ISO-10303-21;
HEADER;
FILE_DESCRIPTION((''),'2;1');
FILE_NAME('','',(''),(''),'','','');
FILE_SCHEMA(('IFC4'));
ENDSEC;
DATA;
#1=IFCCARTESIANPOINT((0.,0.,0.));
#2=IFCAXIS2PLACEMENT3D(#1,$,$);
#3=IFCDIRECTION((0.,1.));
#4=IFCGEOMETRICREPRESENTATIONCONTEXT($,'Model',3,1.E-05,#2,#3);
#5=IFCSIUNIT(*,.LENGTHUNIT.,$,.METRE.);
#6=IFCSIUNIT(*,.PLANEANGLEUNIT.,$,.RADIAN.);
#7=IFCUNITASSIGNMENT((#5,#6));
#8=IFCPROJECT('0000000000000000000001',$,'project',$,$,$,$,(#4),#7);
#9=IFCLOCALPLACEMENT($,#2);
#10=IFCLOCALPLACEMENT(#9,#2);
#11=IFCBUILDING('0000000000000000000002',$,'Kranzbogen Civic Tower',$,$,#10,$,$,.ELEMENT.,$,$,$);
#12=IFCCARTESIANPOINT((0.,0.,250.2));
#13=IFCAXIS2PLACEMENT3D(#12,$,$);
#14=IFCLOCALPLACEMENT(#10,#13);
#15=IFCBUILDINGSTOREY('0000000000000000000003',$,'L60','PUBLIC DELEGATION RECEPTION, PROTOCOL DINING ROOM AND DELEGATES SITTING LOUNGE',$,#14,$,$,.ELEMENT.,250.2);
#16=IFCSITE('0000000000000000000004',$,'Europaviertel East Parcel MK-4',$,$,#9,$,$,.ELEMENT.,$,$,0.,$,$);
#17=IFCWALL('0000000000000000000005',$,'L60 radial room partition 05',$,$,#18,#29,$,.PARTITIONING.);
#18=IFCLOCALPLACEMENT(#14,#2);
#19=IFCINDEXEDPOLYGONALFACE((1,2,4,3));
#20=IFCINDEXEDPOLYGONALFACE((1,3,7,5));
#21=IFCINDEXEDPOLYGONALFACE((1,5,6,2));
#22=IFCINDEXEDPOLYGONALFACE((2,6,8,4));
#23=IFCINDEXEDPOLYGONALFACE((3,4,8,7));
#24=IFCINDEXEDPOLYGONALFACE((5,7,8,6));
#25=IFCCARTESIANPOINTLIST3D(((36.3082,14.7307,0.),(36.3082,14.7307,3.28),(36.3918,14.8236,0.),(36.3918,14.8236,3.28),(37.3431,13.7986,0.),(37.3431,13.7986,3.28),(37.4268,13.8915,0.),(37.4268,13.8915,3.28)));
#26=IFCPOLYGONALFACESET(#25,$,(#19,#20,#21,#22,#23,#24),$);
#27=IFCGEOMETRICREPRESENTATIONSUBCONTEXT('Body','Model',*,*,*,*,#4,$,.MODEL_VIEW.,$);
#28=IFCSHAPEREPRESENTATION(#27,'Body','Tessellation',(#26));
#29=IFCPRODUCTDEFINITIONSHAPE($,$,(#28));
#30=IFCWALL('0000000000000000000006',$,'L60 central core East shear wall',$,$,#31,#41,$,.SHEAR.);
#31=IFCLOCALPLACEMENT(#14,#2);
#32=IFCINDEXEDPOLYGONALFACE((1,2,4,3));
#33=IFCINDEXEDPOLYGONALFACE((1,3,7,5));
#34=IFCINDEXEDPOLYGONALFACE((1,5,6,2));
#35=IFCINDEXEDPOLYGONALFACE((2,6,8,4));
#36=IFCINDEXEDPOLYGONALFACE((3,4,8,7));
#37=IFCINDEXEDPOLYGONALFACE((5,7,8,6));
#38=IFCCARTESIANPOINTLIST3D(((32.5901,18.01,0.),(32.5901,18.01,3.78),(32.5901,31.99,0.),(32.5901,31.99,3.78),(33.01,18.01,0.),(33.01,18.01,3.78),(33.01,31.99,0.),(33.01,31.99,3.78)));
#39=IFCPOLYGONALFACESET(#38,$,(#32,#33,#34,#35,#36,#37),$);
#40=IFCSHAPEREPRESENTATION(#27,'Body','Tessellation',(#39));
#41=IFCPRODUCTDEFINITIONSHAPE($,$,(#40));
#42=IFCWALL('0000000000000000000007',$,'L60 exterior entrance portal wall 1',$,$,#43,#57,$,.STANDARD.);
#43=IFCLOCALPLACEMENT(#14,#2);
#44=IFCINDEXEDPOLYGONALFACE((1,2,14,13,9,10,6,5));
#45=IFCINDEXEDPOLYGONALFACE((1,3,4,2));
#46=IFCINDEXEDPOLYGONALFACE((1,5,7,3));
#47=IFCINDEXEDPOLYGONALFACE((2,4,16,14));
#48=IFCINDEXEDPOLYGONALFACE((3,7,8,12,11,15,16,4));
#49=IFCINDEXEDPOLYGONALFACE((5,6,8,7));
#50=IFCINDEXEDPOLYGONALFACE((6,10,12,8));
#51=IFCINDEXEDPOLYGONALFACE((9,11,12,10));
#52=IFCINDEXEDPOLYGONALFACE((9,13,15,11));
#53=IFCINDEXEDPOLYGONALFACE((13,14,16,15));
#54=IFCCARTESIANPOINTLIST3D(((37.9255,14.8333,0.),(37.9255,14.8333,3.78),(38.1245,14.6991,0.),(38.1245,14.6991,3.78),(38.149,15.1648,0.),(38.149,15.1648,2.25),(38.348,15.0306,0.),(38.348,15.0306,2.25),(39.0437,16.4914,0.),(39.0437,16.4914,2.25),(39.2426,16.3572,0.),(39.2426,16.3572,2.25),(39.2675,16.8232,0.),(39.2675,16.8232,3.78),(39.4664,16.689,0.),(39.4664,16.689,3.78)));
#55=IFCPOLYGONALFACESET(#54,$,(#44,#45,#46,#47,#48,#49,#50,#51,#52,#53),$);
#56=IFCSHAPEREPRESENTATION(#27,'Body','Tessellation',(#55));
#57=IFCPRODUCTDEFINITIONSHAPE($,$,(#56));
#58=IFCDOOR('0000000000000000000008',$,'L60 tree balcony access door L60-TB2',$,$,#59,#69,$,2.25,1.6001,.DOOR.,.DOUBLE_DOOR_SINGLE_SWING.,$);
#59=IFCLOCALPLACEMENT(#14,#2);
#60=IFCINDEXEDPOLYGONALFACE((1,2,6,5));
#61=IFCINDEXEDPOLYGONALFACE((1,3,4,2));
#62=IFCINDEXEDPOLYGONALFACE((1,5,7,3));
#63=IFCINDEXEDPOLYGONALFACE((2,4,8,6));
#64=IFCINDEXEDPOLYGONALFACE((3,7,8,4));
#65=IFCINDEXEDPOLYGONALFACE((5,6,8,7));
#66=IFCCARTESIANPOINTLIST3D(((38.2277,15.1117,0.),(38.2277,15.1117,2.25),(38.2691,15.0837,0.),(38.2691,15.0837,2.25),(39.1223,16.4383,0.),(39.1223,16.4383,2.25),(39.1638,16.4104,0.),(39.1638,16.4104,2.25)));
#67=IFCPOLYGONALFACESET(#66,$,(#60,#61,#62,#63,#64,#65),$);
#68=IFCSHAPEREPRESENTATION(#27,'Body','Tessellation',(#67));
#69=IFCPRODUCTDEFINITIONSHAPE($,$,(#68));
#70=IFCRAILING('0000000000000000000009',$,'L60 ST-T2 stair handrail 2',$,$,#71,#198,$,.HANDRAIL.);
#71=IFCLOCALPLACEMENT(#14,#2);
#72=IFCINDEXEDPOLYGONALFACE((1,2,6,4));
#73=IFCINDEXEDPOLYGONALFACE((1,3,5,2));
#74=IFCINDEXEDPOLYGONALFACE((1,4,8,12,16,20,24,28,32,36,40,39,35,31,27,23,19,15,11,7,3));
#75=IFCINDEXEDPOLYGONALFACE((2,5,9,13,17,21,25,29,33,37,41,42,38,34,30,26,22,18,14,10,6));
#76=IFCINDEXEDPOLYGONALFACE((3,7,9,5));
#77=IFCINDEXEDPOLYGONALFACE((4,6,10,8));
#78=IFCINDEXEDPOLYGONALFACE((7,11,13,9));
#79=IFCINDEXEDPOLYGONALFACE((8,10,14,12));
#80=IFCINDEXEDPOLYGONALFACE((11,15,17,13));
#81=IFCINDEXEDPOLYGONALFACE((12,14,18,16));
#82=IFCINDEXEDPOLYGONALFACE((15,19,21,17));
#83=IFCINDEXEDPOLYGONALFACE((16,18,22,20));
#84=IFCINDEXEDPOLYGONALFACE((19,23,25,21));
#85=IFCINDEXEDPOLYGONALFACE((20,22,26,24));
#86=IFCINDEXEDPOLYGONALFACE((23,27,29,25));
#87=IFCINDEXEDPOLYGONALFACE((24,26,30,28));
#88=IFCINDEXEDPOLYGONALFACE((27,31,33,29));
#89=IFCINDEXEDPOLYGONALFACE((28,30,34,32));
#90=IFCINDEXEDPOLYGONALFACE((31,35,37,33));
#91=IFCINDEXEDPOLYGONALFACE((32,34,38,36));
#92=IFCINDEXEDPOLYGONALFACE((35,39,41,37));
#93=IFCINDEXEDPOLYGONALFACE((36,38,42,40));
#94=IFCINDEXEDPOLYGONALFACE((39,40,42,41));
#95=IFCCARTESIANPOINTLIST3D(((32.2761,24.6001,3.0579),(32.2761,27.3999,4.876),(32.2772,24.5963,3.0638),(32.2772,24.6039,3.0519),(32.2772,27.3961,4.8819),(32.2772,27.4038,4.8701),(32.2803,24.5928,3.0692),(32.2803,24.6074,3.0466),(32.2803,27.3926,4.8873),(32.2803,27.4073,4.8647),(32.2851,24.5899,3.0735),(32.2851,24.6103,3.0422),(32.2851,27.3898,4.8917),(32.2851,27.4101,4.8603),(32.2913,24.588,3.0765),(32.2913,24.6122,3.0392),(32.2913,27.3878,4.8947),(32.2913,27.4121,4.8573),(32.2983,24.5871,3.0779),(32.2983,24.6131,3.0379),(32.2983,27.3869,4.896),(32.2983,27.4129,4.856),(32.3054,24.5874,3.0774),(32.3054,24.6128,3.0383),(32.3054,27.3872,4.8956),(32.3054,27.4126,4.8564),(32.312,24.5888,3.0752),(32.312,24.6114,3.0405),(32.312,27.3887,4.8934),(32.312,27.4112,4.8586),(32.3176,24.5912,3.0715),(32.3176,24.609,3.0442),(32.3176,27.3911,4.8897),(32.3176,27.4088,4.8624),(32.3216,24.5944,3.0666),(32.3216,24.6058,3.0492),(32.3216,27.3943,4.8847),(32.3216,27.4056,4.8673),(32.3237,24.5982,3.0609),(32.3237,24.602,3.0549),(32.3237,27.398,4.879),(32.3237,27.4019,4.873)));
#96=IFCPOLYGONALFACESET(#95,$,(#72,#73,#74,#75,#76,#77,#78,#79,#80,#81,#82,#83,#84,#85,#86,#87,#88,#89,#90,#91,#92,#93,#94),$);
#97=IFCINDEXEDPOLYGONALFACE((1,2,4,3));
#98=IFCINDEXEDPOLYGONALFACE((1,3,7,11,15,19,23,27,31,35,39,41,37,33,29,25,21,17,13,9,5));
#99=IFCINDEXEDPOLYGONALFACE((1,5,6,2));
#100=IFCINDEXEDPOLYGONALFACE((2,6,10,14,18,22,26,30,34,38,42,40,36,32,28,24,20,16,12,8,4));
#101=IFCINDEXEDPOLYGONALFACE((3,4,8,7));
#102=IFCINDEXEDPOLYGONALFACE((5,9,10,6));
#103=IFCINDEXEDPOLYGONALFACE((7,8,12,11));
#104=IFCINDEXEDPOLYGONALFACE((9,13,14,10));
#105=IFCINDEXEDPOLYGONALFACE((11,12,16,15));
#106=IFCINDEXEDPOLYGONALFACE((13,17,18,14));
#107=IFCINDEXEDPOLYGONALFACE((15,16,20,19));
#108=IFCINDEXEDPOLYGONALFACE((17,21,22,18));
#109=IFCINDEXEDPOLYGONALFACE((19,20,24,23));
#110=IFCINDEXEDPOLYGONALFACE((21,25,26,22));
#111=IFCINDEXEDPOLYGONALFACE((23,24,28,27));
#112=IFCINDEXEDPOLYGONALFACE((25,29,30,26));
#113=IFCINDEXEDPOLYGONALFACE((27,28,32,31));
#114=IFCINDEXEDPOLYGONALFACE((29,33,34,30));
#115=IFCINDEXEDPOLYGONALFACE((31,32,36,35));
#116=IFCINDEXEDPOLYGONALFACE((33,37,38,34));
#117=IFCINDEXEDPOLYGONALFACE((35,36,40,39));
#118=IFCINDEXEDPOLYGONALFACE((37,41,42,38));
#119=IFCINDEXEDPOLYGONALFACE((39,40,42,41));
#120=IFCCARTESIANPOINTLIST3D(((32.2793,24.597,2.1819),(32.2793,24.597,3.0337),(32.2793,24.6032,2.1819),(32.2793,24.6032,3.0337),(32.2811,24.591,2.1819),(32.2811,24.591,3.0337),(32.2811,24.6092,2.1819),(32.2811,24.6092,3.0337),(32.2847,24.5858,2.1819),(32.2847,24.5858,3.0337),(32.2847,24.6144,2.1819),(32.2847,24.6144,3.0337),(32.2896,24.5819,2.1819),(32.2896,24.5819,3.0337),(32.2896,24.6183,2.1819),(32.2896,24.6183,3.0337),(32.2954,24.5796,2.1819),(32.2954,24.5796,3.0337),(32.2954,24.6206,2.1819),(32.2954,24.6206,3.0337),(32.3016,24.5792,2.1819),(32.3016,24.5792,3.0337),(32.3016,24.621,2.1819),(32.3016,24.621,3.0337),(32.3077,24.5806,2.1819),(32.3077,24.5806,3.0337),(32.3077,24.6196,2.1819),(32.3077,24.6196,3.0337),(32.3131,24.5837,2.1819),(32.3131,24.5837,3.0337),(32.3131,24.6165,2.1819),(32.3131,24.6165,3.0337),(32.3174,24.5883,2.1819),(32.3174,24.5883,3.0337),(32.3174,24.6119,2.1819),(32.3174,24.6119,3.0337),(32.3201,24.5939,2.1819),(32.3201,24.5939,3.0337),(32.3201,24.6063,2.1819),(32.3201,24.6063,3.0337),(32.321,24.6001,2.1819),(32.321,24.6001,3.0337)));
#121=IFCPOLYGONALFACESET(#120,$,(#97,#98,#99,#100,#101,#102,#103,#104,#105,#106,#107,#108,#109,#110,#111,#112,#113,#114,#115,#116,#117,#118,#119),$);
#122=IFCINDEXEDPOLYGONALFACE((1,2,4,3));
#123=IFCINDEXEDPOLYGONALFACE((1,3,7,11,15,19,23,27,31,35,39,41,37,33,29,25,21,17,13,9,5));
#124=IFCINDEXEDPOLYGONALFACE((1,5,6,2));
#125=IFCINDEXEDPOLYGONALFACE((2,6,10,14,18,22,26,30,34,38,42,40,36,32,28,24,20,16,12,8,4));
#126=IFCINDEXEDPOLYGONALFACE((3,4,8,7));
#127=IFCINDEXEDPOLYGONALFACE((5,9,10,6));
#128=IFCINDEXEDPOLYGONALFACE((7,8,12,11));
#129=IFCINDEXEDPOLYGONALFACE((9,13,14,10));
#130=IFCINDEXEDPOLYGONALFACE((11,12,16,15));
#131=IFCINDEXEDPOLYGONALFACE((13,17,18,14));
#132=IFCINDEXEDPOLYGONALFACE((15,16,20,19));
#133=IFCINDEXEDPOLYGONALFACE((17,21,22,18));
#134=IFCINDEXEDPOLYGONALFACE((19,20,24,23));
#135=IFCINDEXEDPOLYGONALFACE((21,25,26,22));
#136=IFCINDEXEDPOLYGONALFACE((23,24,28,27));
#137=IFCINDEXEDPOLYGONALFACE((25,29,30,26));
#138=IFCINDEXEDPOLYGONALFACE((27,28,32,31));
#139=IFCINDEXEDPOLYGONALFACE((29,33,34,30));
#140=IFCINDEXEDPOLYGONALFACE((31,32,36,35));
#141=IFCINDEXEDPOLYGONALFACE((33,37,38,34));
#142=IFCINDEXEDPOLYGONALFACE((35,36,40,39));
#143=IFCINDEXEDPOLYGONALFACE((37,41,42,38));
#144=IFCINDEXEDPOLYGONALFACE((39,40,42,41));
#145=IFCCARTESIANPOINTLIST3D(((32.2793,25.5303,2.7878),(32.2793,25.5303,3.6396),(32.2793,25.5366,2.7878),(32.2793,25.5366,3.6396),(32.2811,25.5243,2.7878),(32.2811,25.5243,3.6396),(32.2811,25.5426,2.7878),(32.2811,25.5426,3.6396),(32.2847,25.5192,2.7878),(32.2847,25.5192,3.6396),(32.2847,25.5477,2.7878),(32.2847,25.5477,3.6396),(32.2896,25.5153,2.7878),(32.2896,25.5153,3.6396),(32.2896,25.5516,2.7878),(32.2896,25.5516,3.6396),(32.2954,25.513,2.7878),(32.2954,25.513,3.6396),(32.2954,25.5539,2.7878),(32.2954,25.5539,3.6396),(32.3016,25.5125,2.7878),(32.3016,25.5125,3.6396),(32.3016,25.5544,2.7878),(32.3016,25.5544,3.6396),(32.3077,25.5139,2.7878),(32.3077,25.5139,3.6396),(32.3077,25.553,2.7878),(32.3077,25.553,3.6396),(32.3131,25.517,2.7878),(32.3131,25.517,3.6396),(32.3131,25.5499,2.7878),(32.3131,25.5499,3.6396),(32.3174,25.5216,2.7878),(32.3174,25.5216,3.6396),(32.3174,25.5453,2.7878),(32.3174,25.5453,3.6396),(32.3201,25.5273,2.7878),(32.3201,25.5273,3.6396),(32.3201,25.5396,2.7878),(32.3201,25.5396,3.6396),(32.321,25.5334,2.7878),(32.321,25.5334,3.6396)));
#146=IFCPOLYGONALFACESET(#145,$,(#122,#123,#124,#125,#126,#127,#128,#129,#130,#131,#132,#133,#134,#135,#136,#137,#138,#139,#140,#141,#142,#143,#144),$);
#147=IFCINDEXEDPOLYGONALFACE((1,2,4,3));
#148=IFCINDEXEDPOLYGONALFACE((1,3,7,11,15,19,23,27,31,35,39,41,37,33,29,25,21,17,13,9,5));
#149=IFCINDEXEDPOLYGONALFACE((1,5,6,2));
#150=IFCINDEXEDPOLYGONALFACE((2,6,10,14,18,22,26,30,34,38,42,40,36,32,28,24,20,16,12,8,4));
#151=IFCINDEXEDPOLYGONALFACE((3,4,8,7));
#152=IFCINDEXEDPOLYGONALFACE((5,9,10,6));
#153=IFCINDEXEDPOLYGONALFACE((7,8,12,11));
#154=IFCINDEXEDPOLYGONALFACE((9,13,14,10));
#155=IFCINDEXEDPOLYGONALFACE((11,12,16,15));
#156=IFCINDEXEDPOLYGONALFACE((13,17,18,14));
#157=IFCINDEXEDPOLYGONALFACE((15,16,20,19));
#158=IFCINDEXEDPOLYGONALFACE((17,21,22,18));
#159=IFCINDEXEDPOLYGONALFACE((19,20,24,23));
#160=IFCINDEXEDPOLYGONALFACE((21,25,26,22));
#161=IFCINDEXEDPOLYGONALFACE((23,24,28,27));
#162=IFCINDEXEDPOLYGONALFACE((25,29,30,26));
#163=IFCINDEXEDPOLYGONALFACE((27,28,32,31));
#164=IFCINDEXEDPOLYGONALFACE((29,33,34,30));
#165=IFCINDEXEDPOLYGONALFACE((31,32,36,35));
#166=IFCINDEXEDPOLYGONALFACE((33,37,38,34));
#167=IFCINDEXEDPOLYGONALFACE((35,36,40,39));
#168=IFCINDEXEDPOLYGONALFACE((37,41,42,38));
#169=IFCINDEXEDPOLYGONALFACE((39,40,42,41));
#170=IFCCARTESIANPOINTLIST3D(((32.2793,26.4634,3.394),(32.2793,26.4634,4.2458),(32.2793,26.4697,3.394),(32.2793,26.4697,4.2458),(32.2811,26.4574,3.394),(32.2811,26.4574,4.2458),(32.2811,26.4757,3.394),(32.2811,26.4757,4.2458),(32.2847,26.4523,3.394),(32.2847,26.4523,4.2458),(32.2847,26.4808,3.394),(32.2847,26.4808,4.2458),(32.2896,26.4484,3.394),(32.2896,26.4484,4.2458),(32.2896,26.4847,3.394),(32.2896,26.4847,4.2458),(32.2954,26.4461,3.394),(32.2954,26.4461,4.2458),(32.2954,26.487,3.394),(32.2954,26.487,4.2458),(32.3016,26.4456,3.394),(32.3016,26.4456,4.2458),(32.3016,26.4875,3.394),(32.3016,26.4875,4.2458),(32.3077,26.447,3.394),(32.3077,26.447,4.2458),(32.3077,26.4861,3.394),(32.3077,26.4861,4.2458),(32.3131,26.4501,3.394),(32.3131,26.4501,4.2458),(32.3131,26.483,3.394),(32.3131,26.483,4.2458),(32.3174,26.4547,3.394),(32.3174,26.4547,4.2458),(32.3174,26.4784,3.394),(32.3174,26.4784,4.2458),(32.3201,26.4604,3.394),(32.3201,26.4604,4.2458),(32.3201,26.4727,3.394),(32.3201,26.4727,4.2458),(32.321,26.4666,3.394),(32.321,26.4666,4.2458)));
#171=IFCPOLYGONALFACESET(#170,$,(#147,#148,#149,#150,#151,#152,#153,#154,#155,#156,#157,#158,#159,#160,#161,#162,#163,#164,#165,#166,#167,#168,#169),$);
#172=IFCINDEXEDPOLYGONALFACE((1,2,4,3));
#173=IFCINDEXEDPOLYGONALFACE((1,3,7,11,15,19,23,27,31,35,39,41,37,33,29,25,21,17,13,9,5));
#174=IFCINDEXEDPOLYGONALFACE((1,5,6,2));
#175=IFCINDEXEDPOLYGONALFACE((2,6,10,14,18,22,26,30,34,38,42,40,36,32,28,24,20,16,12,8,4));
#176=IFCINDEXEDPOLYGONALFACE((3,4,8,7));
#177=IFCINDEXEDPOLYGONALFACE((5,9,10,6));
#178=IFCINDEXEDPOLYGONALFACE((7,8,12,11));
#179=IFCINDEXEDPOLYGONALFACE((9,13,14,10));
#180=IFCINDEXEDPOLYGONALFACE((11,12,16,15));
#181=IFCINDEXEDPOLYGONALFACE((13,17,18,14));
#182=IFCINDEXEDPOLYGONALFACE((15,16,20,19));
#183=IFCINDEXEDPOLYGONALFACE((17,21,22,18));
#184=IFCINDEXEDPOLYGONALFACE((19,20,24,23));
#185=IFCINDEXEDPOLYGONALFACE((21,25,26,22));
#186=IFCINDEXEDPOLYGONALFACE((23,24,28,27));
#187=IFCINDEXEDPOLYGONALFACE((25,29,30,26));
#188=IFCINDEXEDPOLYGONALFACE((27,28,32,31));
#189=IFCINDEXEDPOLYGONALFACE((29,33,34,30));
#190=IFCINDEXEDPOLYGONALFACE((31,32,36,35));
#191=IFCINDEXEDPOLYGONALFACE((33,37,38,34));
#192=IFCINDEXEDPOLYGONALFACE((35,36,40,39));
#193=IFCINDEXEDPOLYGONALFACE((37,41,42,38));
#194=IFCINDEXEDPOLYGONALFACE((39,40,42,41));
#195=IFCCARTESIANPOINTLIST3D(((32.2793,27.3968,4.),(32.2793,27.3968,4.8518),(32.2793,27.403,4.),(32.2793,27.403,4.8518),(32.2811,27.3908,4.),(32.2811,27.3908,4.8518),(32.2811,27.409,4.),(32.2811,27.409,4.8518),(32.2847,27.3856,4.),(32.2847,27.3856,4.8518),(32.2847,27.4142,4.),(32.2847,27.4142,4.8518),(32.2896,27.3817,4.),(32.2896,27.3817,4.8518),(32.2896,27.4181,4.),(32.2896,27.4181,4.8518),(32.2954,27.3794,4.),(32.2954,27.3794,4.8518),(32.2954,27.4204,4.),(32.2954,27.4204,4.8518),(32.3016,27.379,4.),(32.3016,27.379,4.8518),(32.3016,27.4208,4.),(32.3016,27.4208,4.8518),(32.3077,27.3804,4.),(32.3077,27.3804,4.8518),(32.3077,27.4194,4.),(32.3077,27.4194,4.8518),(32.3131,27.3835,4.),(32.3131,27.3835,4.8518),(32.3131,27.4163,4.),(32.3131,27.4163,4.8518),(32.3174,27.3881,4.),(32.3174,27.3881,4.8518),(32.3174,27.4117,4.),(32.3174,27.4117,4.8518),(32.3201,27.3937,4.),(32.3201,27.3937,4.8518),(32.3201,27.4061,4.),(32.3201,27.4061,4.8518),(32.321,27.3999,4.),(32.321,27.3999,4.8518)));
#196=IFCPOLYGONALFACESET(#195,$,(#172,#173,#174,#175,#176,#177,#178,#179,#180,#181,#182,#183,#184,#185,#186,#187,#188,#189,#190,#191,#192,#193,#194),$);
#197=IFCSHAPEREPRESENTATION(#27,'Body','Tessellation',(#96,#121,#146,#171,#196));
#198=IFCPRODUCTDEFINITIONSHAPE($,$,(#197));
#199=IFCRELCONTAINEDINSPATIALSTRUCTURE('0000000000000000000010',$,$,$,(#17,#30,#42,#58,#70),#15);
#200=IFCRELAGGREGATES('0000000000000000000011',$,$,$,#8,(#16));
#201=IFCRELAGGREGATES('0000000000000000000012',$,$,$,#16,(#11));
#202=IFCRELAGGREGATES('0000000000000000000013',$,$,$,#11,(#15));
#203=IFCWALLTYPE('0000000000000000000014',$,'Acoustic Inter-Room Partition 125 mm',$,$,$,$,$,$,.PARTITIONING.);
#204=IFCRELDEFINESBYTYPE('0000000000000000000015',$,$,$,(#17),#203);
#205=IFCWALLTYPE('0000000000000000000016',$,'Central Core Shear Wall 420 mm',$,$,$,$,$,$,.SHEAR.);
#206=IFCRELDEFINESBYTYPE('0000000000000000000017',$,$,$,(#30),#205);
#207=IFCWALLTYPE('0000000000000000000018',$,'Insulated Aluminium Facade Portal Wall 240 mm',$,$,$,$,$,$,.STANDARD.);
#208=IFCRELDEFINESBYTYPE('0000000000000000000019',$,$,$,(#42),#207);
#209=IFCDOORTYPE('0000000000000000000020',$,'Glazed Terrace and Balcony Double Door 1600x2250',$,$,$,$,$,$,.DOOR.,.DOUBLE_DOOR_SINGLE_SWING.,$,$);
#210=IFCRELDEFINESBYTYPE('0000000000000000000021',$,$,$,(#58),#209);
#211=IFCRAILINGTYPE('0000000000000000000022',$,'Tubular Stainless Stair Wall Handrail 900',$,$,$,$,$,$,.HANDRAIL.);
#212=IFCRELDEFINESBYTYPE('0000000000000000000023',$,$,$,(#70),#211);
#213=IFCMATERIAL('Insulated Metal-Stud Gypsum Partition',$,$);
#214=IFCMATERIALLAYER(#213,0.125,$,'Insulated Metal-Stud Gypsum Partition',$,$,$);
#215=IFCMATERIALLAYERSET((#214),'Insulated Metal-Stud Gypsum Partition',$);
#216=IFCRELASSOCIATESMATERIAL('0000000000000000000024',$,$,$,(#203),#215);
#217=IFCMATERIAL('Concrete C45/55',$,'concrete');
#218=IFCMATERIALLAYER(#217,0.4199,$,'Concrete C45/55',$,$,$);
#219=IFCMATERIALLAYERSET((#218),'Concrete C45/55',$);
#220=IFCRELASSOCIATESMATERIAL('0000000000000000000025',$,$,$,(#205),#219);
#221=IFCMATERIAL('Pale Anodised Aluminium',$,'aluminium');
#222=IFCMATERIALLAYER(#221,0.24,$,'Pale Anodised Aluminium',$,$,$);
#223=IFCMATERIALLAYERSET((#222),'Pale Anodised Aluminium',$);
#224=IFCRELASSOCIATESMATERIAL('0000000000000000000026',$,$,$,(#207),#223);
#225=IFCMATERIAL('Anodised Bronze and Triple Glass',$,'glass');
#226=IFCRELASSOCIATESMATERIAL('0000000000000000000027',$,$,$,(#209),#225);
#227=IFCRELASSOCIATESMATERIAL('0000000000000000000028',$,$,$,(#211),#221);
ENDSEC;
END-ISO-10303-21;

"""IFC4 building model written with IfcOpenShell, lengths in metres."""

from ifc_helpers import new_model, si_unit, direction, frame, frame_2d, origin, origin_2d, place, context, subcontext, project, spatial, rectangle, circle, extrude, material, layer, layer_set, type_object, element, fill, save


model = new_model("IFC4")

# Units and contexts
model_context = context("Model", 3, precision=1e-05, world=origin(), true_north=direction((0.0, 1.0)))
body_context = subcontext(model_context, "Body", "Model", "MODEL_VIEW")
ifc_project = project(units=[si_unit("LENGTHUNIT", "METRE"), si_unit("PLANEANGLEUNIT", "RADIAN")], contexts=[model_context])

# Site, building, storey
site_placement = place(None, origin())
site = spatial("IfcSite", under=ifc_project, at=site_placement, Name="Europaviertel East Parcel MK-4", CompositionType="ELEMENT", RefElevation=0.0)
building_placement = place(site_placement, origin())
building = spatial("IfcBuilding", under=site, at=building_placement, Name="Kranzbogen Civic Tower", CompositionType="ELEMENT")
storey_placement = place(building_placement, frame((0.0, 0.0, 250.2)))
storey = spatial("IfcBuildingStorey", under=building, at=storey_placement, Name="L60", Description="PUBLIC DELEGATION RECEPTION, PROTOCOL DINING ROOM AND DELEGATES SITTING LOUNGE", CompositionType="ELEMENT", Elevation=250.2)

# Shared definitions
ifc_material_1 = material(Name="Pale Anodised Aluminium", Category="aluminium")

# Walls
ifc_material_2 = material(Name="Insulated Metal-Stud Gypsum Partition")
ifc_layer_1 = layer(ifc_material_2, 0.125, Name="Insulated Metal-Stud Gypsum Partition")
ifc_layer_set_1 = layer_set([ifc_layer_1], Name="Insulated Metal-Stud Gypsum Partition")
wall_type_1 = type_object("IfcWallType", Name="Acoustic Inter-Room Partition 125 mm", PredefinedType="PARTITIONING", material=ifc_layer_set_1)
wall_1_placement = place(storey_placement, frame((36.3501, 14.7771, 0.0), z_axis=(0.0, 0.0, 1.0), x_axis=(0.743041, -0.669246, 0.0)))
element("IfcWall", 1, at=wall_1_placement, inside=storey, type_object=wall_type_1, Name="L60 radial room partition 05", PredefinedType="PARTITIONING", context=body_context, shape_type="SweptSolid", body=[
    extrude(rectangle(XDim=1.3928, YDim=0.125, at=frame_2d((0.6963, 0.0))), origin(), (0.0, 0.0, 1.0), 3.28),
])
ifc_material_3 = material(Name="Concrete C45/55", Category="concrete")
ifc_layer_2 = layer(ifc_material_3, 0.4199, Name="Concrete C45/55")
ifc_layer_set_2 = layer_set([ifc_layer_2], Name="Concrete C45/55")
wall_type_2 = type_object("IfcWallType", Name="Central Core Shear Wall 420 mm", PredefinedType="SHEAR", material=ifc_layer_set_2)
wall_2_placement = place(storey_placement, frame((32.8, 18.01, 0.0), z_axis=(0.0, 0.0, 1.0), x_axis=(0.0, 1.0, 0.0)))
element("IfcWall", 2, at=wall_2_placement, inside=storey, type_object=wall_type_2, Name="L60 central core East shear wall", PredefinedType="SHEAR", context=body_context, shape_type="SweptSolid", body=[
    extrude(rectangle(XDim=13.98, YDim=0.4199, at=frame_2d((6.99, 0.0))), origin(), (0.0, 0.0, 1.0), 3.78),
])

# Wall, opening, door
ifc_layer_3 = layer(ifc_material_1, 0.24, Name="Pale Anodised Aluminium")
ifc_layer_set_3 = layer_set([ifc_layer_3], Name="Pale Anodised Aluminium")
wall_type_3 = type_object("IfcWallType", Name="Insulated Aluminium Facade Portal Wall 240 mm", PredefinedType="STANDARD", material=ifc_layer_set_3)
wall_3_placement = place(storey_placement, frame((38.0249, 14.7661, 0.0), z_axis=(0.0, 0.0, 1.0), x_axis=(0.559129, 0.829081, 0.0)))
wall_3 = element("IfcWall", 3, at=wall_3_placement, inside=storey, type_object=wall_type_3, Name="L60 exterior entrance portal wall 1", PredefinedType="STANDARD", context=body_context, shape_type="SweptSolid", body=[
    extrude(rectangle(XDim=2.4001, YDim=0.24, at=frame_2d((1.2002, 0.0))), origin(), (0.0, 0.0, 1.0), 3.78),
])
opening_1_placement = place(wall_3_placement, frame((0.3999, 0.0, 0.0)))
opening_1 = element("IfcOpeningElement", 4, at=opening_1_placement, cuts=wall_3, PredefinedType="OPENING", context=body_context, shape_type="SweptSolid", body=[
    extrude(rectangle(XDim=1.6001, YDim=2.25, at=frame_2d((0.8, 1.125))), frame((0.0, 0.1299, 0.0), z_axis=(0.0, -1.0, 0.0), x_axis=(1.0, 0.0, 0.0)), (0.0, 0.0, 1.0), 0.26),
])
ifc_material_4 = material(Name="Anodised Bronze and Triple Glass", Category="glass")
door_type_1 = type_object("IfcDoorType", Name="Glazed Terrace and Balcony Double Door 1600x2250", OperationType="DOUBLE_DOOR_SINGLE_SWING", PredefinedType="DOOR", material=ifc_material_4)
door_1_placement = place(opening_1_placement, frame((1.6001, 0.0, 0.0), z_axis=(0.0, 0.0, 1.0), x_axis=(-1.0, 0.0, 0.0)))
door_1 = element("IfcDoor", 5, at=door_1_placement, inside=storey, type_object=door_type_1, Name="L60 tree balcony access door L60-TB2", OperationType="DOUBLE_DOOR_SINGLE_SWING", OverallHeight=2.25, OverallWidth=1.6001, PredefinedType="DOOR", context=body_context, shape_type="SweptSolid", body=[
    extrude(rectangle(XDim=1.6001, YDim=2.25, at=frame_2d((0.8, 1.125))), frame((0.0, 0.0249, 0.0), z_axis=(0.0, -1.0, 0.0), x_axis=(1.0, 0.0, 0.0)), (0.0, 0.0, 1.0), 0.05),
])
fill(opening_1, door_1)

# Railing
railing_type = type_object("IfcRailingType", Name="Tubular Stainless Stair Wall Handrail 900", PredefinedType="HANDRAIL", material=ifc_material_1)
railing_placement = place(storey_placement, frame((32.3, 24.6001, 2.1819)))
element("IfcRailing", 6, at=railing_placement, inside=storey, type_object=railing_type, Name="L60 ST-T2 stair handrail 2", PredefinedType="HANDRAIL", context=body_context, shape_type="SweptSolid", body=[
    extrude(circle(Radius=0.0239, at=origin_2d()), frame((0.0, 0.0, 0.876), z_axis=(0.0, 0.838684, 0.544618), x_axis=(-1.0, 0.0, 0.0)), (0.0, 0.0, 1.0), 3.3384),
    extrude(circle(Radius=0.021, at=origin_2d()), origin(), (0.0, 0.0, 1.0), 0.8518),
    extrude(circle(Radius=0.021, at=origin_2d()), frame((0.0, 0.9333, 0.606)), (0.0, 0.0, 1.0), 0.8518),
    extrude(circle(Radius=0.021, at=origin_2d()), frame((0.0, 1.8665, 1.2122)), (0.0, 0.0, 1.0), 0.8518),
    extrude(circle(Radius=0.021, at=origin_2d()), frame((0.0, 2.7998, 1.8181)), (0.0, 0.0, 1.0), 0.8518),
])

save(model, "model.ifc")
